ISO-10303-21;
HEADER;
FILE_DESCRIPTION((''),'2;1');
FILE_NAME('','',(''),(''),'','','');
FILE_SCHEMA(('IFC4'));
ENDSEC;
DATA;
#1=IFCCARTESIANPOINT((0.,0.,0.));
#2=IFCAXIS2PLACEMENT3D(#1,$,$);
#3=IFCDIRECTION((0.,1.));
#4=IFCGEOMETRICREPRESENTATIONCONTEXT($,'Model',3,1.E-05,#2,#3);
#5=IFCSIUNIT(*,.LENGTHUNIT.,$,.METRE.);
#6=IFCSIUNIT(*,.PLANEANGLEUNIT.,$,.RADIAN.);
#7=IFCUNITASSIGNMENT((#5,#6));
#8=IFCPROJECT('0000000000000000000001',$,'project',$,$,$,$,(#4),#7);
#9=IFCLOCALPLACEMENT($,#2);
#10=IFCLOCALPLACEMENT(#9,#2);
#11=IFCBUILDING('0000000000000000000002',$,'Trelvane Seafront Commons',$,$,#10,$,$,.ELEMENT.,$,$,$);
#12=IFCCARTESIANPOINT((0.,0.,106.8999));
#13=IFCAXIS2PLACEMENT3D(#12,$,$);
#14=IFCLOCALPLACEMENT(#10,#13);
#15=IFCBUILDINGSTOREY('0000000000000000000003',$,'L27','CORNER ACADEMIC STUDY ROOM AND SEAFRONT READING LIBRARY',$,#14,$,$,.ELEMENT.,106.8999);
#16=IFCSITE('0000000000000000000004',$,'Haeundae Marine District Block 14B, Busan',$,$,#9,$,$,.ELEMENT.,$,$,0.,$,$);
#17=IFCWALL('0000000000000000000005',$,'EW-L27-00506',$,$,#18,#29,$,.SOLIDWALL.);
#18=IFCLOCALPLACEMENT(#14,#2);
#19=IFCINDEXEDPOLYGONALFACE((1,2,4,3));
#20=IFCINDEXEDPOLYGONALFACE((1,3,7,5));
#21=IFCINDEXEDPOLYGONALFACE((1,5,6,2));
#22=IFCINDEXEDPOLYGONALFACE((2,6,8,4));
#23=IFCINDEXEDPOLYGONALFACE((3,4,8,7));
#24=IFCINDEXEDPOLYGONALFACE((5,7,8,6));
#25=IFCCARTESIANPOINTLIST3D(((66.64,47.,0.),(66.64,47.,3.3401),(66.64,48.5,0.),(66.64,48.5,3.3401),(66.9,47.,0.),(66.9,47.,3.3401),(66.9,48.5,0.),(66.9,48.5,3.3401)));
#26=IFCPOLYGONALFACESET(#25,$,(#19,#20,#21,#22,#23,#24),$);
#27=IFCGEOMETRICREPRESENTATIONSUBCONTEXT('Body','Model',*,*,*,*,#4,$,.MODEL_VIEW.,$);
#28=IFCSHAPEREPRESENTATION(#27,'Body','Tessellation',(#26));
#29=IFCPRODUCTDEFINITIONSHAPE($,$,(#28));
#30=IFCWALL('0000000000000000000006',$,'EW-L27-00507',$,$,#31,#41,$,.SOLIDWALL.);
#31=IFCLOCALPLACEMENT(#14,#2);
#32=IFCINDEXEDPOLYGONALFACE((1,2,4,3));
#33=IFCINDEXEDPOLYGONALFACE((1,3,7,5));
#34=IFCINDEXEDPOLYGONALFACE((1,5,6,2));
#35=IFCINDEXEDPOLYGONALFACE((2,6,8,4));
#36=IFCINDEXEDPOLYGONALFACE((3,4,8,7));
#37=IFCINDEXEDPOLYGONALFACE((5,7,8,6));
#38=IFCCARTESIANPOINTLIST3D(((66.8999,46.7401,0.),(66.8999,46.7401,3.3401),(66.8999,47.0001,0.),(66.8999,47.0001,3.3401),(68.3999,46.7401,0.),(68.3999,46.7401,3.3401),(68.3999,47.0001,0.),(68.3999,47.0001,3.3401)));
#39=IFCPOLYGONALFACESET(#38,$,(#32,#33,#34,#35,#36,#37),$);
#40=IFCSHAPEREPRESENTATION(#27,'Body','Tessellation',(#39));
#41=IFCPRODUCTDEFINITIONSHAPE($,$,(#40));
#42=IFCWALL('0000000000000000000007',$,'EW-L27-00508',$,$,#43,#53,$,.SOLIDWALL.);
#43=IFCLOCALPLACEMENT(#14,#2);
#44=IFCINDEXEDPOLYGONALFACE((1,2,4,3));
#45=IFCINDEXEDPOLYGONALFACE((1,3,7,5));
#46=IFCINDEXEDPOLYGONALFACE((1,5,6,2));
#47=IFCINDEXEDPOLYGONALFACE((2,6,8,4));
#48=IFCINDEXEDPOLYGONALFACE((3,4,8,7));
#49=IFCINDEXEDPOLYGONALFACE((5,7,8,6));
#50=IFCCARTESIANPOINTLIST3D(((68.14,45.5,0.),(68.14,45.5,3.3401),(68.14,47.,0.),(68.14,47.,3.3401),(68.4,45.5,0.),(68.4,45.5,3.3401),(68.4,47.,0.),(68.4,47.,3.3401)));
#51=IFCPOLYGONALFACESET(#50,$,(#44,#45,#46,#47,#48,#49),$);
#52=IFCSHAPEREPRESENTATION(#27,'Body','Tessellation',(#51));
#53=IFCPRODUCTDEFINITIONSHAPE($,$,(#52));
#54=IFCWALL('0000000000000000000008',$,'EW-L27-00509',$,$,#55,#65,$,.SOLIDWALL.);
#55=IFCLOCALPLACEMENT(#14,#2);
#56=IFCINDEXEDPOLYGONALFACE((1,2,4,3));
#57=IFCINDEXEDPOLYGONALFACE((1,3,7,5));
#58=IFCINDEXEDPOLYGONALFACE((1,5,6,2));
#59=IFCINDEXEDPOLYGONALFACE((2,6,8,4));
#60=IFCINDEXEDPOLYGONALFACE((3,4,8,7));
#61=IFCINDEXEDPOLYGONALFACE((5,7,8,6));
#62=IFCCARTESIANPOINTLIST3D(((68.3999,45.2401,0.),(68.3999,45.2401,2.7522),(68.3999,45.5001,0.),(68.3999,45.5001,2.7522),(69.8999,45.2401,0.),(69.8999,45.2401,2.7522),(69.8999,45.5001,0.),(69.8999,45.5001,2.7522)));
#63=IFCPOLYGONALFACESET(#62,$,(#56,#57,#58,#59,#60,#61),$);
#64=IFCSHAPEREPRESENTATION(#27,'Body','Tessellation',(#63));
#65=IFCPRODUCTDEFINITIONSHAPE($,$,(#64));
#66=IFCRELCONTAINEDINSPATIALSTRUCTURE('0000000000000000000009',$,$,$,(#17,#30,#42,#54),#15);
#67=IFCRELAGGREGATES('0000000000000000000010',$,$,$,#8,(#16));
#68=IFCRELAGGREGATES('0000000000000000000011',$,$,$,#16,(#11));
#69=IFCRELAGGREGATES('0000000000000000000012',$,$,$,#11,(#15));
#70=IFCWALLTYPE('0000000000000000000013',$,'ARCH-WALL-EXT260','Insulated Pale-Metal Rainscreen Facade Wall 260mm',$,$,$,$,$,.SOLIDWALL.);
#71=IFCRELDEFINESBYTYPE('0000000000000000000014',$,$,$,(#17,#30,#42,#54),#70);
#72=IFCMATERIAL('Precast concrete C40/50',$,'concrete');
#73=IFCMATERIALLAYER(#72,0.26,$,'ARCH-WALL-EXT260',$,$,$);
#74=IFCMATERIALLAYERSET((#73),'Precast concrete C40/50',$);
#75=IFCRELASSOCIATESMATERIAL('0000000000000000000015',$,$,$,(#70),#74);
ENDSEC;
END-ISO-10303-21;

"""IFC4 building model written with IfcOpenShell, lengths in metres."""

from ifc_helpers import new_model, si_unit, direction, frame, frame_2d, origin, place, context, subcontext, project, spatial, rectangle, extrude, material, layer, layer_set, type_object, element, save


model = new_model("IFC4")

# Units and contexts
model_context = context("Model", 3, precision=1e-05, world=origin(), true_north=direction((0.0, 1.0)))
body_context = subcontext(model_context, "Body", "Model", "MODEL_VIEW")
ifc_project = project(units=[si_unit("LENGTHUNIT", "METRE"), si_unit("PLANEANGLEUNIT", "RADIAN")], contexts=[model_context])

# Site, building, storey
site_placement = place(None, origin())
site = spatial("IfcSite", under=ifc_project, at=site_placement, Name="Haeundae Marine District Block 14B, Busan", CompositionType="ELEMENT", RefElevation=0.0)
building_placement = place(site_placement, origin())
building = spatial("IfcBuilding", under=site, at=building_placement, Name="Trelvane Seafront Commons", CompositionType="ELEMENT")
storey_placement = place(building_placement, frame((0.0, 0.0, 106.8999)))
storey = spatial("IfcBuildingStorey", under=building, at=storey_placement, Name="L27", Description="CORNER ACADEMIC STUDY ROOM AND SEAFRONT READING LIBRARY", CompositionType="ELEMENT", Elevation=106.8999)

# Shared definitions
ifc_material_1 = material(Name="Precast concrete C40/50", Category="concrete")
ifc_layer_1 = layer(ifc_material_1, 0.26, Name="ARCH-WALL-EXT260")
ifc_layer_set_1 = layer_set([ifc_layer_1], Name="Precast concrete C40/50")
wall_type = type_object("IfcWallType", Name="ARCH-WALL-EXT260", Description="Insulated Pale-Metal Rainscreen Facade Wall 260mm", PredefinedType="SOLIDWALL", material=ifc_layer_set_1)

# Walls
for number, where, z_axis, x_axis, name in (
    (1, (66.77, 48.5, 0.0), (0.0, 0.0, 1.0), (0.0, -1.0, 0.0), "EW-L27-00506"),
    (2, (66.8999, 46.8701, 0.0), (0.0, 0.0, 1.0), (1.0, 0.0, 0.0), "EW-L27-00507"),
    (3, (68.27, 47.0, 0.0), (0.0, 0.0, 1.0), (0.0, -1.0, 0.0), "EW-L27-00508"),
):
    element("IfcWall", number, at=place(storey_placement, frame(where, z_axis=z_axis, x_axis=x_axis)), inside=storey, type_object=wall_type, Name=name, PredefinedType="SOLIDWALL", context=body_context, shape_type="SweptSolid", body=[
        extrude(rectangle(XDim=1.5, YDim=0.26, at=frame_2d((0.75, 0.0))), origin(), (0.0, 0.0, 1.0), 3.3401),
    ])
wall_1_placement = place(storey_placement, frame((68.3999, 45.3701, 0.0), z_axis=(0.0, 0.0, 1.0), x_axis=(1.0, 0.0, 0.0)))
element("IfcWall", 4, at=wall_1_placement, inside=storey, type_object=wall_type, Name="EW-L27-00509", PredefinedType="SOLIDWALL", context=body_context, shape_type="SweptSolid", body=[
    extrude(rectangle(XDim=1.5, YDim=0.26, at=frame_2d((0.75, 0.0))), origin(), (0.0, 0.0, 1.0), 2.7522),
])

save(model, "model.ifc")
